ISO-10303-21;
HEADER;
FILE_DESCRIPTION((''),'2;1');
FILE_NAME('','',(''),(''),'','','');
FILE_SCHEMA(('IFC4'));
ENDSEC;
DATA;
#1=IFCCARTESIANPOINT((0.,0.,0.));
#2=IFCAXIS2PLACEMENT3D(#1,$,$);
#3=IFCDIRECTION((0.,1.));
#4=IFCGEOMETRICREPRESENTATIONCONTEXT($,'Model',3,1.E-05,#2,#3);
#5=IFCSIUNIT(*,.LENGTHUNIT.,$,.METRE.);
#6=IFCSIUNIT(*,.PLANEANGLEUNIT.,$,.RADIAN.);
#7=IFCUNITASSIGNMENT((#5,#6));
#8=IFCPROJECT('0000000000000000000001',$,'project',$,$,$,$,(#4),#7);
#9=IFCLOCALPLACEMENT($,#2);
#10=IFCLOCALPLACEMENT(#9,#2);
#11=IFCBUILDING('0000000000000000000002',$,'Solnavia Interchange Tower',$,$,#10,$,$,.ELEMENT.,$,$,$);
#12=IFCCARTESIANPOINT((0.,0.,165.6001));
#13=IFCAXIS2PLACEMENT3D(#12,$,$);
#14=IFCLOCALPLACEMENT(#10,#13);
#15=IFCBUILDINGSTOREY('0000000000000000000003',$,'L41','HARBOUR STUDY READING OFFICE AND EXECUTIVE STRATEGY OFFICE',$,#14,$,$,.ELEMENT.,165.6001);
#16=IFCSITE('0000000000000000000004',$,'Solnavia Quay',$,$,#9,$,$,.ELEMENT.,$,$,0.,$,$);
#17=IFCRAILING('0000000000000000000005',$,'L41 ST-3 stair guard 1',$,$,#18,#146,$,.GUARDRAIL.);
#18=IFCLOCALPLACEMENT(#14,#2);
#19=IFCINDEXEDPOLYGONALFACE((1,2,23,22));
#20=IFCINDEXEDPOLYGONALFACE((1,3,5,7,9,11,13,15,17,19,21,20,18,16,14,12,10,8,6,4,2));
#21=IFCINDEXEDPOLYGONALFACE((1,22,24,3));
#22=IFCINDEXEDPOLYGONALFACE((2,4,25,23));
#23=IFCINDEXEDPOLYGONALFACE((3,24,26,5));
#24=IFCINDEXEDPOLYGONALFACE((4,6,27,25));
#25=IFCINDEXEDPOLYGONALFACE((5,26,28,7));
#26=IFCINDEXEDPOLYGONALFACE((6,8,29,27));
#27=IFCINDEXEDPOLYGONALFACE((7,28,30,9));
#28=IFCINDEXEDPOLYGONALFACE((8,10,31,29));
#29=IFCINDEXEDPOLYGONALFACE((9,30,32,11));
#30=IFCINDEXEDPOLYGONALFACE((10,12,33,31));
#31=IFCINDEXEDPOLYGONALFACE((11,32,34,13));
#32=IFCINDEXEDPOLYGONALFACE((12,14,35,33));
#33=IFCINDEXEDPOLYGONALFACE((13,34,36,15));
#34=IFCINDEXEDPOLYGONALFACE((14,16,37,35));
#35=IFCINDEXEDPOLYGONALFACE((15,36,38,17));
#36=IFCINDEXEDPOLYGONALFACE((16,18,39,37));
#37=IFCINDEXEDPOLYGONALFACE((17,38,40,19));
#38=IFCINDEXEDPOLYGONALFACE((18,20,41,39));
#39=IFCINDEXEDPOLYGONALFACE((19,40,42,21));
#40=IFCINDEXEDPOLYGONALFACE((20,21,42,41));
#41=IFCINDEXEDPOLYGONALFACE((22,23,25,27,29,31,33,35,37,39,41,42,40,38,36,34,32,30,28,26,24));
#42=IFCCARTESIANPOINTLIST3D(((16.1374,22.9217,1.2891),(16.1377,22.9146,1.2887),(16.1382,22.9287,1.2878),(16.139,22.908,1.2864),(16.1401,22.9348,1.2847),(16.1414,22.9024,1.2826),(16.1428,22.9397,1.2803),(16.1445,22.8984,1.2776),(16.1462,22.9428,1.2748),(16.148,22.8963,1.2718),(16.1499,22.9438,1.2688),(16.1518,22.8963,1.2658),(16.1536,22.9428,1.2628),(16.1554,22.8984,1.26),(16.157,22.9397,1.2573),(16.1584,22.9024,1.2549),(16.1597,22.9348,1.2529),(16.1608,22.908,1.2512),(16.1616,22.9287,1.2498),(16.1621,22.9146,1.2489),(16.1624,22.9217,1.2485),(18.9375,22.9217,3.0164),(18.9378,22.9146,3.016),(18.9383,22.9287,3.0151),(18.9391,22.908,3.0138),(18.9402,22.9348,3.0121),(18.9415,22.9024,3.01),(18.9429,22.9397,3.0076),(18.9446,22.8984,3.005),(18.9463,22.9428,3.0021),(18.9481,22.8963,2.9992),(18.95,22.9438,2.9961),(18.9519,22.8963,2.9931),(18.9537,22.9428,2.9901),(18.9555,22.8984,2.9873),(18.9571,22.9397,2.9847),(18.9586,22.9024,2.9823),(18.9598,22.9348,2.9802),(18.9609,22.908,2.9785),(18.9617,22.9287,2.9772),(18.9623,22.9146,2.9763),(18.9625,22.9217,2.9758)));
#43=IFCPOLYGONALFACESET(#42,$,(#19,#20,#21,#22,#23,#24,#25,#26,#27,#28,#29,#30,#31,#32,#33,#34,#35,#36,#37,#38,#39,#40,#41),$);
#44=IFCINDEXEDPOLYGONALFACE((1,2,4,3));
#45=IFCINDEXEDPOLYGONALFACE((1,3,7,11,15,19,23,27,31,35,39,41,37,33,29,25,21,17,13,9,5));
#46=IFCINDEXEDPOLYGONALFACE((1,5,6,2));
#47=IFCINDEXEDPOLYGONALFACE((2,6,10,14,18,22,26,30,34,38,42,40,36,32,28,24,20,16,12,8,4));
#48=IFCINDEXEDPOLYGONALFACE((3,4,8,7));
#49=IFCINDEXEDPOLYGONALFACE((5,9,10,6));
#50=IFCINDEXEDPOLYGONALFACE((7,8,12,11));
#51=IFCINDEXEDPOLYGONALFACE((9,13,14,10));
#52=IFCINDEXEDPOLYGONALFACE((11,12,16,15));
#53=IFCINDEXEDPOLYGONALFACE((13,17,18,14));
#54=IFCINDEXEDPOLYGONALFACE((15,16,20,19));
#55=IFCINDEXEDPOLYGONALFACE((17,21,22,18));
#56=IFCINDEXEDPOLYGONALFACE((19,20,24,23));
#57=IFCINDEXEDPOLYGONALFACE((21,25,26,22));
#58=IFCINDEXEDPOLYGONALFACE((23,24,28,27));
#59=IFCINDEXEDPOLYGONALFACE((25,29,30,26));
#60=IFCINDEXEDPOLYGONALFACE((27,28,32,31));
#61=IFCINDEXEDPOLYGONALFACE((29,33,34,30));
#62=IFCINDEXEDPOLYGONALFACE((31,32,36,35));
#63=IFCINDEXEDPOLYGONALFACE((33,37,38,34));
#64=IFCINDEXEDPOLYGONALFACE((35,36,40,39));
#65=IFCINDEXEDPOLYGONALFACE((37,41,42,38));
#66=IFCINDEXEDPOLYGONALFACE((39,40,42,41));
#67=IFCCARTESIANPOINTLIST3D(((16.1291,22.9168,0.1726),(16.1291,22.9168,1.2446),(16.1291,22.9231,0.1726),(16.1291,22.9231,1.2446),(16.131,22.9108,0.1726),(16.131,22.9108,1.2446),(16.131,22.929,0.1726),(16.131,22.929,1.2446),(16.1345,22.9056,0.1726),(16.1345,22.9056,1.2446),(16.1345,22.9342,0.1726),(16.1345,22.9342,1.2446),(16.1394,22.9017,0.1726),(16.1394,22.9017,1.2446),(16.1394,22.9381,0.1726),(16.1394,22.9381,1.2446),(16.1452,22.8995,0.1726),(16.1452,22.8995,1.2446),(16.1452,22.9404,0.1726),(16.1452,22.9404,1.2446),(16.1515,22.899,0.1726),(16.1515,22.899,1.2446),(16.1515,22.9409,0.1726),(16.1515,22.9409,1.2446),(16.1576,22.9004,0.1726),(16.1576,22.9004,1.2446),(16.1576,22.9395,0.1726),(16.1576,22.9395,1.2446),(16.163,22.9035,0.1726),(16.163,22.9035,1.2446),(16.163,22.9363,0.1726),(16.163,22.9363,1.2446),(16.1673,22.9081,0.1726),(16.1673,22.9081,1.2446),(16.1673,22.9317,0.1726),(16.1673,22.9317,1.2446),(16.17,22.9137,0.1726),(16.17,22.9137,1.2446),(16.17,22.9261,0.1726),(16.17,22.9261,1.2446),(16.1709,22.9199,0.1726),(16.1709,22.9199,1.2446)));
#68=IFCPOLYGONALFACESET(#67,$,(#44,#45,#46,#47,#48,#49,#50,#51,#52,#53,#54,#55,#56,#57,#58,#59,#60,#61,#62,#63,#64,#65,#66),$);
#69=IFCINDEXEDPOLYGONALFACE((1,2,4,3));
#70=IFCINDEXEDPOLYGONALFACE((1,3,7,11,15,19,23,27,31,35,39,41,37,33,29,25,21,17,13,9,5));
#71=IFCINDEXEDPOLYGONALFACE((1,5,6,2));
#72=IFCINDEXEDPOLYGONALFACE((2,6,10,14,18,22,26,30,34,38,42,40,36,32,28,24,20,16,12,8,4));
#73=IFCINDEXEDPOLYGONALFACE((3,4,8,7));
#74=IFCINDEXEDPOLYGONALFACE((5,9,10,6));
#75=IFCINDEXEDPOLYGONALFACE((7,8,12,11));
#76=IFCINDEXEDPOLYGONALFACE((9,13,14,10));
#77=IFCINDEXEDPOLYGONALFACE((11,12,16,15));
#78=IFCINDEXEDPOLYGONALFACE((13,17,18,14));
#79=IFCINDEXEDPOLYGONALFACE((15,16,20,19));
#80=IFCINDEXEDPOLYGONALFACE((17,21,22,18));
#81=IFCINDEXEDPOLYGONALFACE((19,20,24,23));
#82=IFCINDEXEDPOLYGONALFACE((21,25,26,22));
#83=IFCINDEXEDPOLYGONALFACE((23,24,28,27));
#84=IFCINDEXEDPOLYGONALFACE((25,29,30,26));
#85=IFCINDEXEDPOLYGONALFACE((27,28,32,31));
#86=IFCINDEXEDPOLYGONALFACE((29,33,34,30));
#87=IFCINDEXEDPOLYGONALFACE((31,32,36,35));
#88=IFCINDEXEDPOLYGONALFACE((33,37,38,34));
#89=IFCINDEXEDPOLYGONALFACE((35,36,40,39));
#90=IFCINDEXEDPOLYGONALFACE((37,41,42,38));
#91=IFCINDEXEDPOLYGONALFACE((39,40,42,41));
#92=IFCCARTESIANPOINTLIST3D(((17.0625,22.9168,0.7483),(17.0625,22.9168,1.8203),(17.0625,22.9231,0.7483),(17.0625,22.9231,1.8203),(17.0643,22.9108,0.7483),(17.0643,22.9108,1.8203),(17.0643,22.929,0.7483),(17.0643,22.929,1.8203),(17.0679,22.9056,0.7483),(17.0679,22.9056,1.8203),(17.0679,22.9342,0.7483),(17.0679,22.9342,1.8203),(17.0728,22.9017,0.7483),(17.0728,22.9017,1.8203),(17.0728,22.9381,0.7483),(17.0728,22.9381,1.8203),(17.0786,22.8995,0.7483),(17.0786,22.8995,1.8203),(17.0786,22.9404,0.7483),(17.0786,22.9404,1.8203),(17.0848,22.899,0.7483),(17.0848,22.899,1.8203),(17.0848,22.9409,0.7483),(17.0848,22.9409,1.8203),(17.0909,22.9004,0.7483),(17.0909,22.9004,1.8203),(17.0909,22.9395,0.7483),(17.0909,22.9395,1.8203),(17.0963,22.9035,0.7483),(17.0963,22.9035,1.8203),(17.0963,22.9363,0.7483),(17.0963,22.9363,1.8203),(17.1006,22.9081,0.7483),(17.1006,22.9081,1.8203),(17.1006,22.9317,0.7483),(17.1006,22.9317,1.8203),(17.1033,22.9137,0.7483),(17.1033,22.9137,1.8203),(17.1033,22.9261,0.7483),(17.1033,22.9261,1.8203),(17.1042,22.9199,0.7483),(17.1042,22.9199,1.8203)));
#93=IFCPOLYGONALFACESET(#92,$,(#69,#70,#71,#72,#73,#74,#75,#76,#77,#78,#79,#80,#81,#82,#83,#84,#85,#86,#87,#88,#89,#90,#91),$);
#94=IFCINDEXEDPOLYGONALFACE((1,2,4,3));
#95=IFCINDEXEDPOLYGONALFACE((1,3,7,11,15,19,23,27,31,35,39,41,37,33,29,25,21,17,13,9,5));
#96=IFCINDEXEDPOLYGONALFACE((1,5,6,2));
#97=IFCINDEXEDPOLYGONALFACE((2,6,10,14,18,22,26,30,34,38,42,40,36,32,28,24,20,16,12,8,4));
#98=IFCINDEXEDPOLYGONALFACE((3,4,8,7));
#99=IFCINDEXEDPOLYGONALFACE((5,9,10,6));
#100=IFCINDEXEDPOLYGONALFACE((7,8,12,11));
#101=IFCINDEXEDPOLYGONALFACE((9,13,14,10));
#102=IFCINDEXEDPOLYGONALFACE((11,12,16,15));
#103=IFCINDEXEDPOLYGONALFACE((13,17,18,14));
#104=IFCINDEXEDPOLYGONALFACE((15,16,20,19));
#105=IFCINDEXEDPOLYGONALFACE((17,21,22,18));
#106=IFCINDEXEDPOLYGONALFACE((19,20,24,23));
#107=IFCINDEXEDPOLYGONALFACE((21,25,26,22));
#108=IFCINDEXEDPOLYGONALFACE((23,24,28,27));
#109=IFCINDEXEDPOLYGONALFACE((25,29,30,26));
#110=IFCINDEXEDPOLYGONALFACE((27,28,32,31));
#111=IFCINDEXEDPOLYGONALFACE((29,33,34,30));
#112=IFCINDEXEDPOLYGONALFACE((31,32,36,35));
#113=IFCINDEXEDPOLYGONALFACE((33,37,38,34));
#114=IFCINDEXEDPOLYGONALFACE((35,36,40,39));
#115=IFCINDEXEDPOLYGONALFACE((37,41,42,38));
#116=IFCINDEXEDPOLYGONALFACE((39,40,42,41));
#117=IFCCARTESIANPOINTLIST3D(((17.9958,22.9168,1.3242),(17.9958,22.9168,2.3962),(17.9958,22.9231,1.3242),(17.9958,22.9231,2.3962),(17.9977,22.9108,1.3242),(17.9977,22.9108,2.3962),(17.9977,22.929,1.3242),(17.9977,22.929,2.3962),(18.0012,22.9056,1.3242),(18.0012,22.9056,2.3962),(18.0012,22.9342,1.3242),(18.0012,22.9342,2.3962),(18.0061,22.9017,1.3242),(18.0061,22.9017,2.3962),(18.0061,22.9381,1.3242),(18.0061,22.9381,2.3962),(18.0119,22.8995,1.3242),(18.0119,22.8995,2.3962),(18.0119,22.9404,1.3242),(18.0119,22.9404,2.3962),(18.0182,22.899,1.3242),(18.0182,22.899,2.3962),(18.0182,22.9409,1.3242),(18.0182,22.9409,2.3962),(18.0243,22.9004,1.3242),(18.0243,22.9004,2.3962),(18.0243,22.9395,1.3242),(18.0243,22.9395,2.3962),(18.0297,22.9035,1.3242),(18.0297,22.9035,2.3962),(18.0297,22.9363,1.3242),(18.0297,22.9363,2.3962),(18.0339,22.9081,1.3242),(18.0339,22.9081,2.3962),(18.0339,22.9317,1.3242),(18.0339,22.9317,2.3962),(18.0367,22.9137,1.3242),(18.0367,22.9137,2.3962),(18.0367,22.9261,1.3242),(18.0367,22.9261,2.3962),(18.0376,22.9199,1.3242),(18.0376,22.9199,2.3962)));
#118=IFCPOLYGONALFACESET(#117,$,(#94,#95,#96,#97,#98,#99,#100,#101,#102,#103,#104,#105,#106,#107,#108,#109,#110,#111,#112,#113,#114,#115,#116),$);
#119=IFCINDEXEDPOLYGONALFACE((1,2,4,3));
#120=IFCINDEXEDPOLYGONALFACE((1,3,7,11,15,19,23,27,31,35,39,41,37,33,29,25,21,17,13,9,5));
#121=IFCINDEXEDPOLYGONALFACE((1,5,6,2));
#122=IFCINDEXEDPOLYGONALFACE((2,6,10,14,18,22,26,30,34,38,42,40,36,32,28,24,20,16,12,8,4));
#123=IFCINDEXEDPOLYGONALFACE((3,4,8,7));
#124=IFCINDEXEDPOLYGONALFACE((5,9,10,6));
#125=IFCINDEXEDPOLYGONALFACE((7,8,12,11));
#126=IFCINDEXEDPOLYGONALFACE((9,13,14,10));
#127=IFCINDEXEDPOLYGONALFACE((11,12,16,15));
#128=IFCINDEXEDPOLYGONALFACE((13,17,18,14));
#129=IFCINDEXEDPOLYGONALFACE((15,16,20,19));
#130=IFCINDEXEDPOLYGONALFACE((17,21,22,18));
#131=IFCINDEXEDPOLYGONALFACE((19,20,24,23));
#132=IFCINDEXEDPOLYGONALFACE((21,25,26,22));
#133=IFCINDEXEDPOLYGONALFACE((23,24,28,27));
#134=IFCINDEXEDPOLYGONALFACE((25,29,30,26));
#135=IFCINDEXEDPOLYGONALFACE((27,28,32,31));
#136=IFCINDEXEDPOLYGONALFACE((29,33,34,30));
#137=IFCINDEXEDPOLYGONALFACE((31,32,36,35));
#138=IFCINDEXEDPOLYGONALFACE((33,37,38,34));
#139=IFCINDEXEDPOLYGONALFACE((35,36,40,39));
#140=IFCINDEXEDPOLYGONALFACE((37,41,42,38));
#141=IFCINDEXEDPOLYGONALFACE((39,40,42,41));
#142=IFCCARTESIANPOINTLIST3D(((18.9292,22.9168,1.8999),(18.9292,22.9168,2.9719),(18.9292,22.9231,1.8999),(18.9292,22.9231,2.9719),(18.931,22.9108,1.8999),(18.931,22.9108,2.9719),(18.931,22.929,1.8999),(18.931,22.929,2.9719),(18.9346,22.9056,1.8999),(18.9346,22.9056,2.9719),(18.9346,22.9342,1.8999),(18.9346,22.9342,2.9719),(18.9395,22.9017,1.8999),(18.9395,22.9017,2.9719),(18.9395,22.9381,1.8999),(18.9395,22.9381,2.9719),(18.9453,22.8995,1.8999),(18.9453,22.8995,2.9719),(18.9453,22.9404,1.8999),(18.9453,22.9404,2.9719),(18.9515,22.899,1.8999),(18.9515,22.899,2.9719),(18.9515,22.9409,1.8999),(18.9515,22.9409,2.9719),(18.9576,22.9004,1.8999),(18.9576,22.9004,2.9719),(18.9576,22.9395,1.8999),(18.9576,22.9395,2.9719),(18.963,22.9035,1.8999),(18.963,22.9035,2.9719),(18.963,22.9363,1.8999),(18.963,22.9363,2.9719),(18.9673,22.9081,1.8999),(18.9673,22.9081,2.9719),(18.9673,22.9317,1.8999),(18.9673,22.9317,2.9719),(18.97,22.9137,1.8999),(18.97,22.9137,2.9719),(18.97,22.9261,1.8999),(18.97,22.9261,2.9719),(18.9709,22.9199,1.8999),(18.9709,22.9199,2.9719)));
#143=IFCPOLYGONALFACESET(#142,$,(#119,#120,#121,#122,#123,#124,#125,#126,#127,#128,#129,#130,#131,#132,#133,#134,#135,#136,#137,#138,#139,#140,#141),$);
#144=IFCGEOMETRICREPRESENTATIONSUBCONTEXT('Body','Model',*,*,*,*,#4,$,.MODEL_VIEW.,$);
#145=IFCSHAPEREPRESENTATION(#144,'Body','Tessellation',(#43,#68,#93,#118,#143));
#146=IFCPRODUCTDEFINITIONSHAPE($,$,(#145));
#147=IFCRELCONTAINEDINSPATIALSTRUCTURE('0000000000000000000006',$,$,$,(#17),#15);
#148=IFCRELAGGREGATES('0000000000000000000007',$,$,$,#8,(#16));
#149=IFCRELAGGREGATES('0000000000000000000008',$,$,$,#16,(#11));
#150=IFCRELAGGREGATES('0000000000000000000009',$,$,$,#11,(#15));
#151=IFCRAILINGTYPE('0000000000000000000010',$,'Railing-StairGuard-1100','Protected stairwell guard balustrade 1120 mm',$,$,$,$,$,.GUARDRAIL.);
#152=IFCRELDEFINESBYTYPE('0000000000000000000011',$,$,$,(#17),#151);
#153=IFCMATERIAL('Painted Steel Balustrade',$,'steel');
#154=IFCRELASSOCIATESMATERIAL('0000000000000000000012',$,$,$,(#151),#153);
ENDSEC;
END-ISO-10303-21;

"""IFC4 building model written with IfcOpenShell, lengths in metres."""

from ifc_helpers import new_model, si_unit, direction, frame, origin, origin_2d, place, context, subcontext, project, spatial, circle, extrude, material, type_object, element, save


model = new_model("IFC4")

# Units and contexts
model_context = context("Model", 3, precision=1e-05, world=origin(), true_north=direction((0.0, 1.0)))
body_context = subcontext(model_context, "Body", "Model", "MODEL_VIEW")
ifc_project = project(units=[si_unit("LENGTHUNIT", "METRE"), si_unit("PLANEANGLEUNIT", "RADIAN")], contexts=[model_context])

# Site, building, storey
site_placement = place(None, origin())
site = spatial("IfcSite", under=ifc_project, at=site_placement, Name="Solnavia Quay", CompositionType="ELEMENT", RefElevation=0.0)
building_placement = place(site_placement, origin())
building = spatial("IfcBuilding", under=site, at=building_placement, Name="Solnavia Interchange Tower", CompositionType="ELEMENT")
storey_placement = place(building_placement, frame((0.0, 0.0, 165.6001)))
storey = spatial("IfcBuildingStorey", under=building, at=storey_placement, Name="L41", Description="HARBOUR STUDY READING OFFICE AND EXECUTIVE STRATEGY OFFICE", CompositionType="ELEMENT", Elevation=165.6001)

# Railing
ifc_material_1 = material(Name="Painted Steel Balustrade", Category="steel")
railing_type_1 = type_object("IfcRailingType", Name="Railing-StairGuard-1100", Description="Protected stairwell guard balustrade 1120 mm", PredefinedType="GUARDRAIL", material=ifc_material_1)
railing_1_placement = place(storey_placement, frame((16.1499, 22.9199, 0.1726)))
element("IfcRailing", 1, at=railing_1_placement, inside=storey, type_object=railing_type_1, Name="L41 ST-3 stair guard 1", PredefinedType="GUARDRAIL", context=body_context, shape_type="SweptSolid", body=[
    extrude(circle(Radius=0.0239, at=origin_2d()), frame((0.0, 0.0, 1.0962), z_axis=(0.85109, 0.0, 0.52502), x_axis=(0.0, 1.0, 0.0)), (0.0, 0.0, 1.0), 3.29),
    extrude(circle(Radius=0.021, at=origin_2d()), origin(), (0.0, 0.0, 1.0), 1.072),
    extrude(circle(Radius=0.021, at=origin_2d()), frame((0.9333, 0.0, 0.5757)), (0.0, 0.0, 1.0), 1.072),
    extrude(circle(Radius=0.021, at=origin_2d()), frame((1.8667, 0.0, 1.1516)), (0.0, 0.0, 1.0), 1.072),
    extrude(circle(Radius=0.021, at=origin_2d()), frame((2.8, 0.0, 1.7273)), (0.0, 0.0, 1.0), 1.072),
])

save(model, "model.ifc")
